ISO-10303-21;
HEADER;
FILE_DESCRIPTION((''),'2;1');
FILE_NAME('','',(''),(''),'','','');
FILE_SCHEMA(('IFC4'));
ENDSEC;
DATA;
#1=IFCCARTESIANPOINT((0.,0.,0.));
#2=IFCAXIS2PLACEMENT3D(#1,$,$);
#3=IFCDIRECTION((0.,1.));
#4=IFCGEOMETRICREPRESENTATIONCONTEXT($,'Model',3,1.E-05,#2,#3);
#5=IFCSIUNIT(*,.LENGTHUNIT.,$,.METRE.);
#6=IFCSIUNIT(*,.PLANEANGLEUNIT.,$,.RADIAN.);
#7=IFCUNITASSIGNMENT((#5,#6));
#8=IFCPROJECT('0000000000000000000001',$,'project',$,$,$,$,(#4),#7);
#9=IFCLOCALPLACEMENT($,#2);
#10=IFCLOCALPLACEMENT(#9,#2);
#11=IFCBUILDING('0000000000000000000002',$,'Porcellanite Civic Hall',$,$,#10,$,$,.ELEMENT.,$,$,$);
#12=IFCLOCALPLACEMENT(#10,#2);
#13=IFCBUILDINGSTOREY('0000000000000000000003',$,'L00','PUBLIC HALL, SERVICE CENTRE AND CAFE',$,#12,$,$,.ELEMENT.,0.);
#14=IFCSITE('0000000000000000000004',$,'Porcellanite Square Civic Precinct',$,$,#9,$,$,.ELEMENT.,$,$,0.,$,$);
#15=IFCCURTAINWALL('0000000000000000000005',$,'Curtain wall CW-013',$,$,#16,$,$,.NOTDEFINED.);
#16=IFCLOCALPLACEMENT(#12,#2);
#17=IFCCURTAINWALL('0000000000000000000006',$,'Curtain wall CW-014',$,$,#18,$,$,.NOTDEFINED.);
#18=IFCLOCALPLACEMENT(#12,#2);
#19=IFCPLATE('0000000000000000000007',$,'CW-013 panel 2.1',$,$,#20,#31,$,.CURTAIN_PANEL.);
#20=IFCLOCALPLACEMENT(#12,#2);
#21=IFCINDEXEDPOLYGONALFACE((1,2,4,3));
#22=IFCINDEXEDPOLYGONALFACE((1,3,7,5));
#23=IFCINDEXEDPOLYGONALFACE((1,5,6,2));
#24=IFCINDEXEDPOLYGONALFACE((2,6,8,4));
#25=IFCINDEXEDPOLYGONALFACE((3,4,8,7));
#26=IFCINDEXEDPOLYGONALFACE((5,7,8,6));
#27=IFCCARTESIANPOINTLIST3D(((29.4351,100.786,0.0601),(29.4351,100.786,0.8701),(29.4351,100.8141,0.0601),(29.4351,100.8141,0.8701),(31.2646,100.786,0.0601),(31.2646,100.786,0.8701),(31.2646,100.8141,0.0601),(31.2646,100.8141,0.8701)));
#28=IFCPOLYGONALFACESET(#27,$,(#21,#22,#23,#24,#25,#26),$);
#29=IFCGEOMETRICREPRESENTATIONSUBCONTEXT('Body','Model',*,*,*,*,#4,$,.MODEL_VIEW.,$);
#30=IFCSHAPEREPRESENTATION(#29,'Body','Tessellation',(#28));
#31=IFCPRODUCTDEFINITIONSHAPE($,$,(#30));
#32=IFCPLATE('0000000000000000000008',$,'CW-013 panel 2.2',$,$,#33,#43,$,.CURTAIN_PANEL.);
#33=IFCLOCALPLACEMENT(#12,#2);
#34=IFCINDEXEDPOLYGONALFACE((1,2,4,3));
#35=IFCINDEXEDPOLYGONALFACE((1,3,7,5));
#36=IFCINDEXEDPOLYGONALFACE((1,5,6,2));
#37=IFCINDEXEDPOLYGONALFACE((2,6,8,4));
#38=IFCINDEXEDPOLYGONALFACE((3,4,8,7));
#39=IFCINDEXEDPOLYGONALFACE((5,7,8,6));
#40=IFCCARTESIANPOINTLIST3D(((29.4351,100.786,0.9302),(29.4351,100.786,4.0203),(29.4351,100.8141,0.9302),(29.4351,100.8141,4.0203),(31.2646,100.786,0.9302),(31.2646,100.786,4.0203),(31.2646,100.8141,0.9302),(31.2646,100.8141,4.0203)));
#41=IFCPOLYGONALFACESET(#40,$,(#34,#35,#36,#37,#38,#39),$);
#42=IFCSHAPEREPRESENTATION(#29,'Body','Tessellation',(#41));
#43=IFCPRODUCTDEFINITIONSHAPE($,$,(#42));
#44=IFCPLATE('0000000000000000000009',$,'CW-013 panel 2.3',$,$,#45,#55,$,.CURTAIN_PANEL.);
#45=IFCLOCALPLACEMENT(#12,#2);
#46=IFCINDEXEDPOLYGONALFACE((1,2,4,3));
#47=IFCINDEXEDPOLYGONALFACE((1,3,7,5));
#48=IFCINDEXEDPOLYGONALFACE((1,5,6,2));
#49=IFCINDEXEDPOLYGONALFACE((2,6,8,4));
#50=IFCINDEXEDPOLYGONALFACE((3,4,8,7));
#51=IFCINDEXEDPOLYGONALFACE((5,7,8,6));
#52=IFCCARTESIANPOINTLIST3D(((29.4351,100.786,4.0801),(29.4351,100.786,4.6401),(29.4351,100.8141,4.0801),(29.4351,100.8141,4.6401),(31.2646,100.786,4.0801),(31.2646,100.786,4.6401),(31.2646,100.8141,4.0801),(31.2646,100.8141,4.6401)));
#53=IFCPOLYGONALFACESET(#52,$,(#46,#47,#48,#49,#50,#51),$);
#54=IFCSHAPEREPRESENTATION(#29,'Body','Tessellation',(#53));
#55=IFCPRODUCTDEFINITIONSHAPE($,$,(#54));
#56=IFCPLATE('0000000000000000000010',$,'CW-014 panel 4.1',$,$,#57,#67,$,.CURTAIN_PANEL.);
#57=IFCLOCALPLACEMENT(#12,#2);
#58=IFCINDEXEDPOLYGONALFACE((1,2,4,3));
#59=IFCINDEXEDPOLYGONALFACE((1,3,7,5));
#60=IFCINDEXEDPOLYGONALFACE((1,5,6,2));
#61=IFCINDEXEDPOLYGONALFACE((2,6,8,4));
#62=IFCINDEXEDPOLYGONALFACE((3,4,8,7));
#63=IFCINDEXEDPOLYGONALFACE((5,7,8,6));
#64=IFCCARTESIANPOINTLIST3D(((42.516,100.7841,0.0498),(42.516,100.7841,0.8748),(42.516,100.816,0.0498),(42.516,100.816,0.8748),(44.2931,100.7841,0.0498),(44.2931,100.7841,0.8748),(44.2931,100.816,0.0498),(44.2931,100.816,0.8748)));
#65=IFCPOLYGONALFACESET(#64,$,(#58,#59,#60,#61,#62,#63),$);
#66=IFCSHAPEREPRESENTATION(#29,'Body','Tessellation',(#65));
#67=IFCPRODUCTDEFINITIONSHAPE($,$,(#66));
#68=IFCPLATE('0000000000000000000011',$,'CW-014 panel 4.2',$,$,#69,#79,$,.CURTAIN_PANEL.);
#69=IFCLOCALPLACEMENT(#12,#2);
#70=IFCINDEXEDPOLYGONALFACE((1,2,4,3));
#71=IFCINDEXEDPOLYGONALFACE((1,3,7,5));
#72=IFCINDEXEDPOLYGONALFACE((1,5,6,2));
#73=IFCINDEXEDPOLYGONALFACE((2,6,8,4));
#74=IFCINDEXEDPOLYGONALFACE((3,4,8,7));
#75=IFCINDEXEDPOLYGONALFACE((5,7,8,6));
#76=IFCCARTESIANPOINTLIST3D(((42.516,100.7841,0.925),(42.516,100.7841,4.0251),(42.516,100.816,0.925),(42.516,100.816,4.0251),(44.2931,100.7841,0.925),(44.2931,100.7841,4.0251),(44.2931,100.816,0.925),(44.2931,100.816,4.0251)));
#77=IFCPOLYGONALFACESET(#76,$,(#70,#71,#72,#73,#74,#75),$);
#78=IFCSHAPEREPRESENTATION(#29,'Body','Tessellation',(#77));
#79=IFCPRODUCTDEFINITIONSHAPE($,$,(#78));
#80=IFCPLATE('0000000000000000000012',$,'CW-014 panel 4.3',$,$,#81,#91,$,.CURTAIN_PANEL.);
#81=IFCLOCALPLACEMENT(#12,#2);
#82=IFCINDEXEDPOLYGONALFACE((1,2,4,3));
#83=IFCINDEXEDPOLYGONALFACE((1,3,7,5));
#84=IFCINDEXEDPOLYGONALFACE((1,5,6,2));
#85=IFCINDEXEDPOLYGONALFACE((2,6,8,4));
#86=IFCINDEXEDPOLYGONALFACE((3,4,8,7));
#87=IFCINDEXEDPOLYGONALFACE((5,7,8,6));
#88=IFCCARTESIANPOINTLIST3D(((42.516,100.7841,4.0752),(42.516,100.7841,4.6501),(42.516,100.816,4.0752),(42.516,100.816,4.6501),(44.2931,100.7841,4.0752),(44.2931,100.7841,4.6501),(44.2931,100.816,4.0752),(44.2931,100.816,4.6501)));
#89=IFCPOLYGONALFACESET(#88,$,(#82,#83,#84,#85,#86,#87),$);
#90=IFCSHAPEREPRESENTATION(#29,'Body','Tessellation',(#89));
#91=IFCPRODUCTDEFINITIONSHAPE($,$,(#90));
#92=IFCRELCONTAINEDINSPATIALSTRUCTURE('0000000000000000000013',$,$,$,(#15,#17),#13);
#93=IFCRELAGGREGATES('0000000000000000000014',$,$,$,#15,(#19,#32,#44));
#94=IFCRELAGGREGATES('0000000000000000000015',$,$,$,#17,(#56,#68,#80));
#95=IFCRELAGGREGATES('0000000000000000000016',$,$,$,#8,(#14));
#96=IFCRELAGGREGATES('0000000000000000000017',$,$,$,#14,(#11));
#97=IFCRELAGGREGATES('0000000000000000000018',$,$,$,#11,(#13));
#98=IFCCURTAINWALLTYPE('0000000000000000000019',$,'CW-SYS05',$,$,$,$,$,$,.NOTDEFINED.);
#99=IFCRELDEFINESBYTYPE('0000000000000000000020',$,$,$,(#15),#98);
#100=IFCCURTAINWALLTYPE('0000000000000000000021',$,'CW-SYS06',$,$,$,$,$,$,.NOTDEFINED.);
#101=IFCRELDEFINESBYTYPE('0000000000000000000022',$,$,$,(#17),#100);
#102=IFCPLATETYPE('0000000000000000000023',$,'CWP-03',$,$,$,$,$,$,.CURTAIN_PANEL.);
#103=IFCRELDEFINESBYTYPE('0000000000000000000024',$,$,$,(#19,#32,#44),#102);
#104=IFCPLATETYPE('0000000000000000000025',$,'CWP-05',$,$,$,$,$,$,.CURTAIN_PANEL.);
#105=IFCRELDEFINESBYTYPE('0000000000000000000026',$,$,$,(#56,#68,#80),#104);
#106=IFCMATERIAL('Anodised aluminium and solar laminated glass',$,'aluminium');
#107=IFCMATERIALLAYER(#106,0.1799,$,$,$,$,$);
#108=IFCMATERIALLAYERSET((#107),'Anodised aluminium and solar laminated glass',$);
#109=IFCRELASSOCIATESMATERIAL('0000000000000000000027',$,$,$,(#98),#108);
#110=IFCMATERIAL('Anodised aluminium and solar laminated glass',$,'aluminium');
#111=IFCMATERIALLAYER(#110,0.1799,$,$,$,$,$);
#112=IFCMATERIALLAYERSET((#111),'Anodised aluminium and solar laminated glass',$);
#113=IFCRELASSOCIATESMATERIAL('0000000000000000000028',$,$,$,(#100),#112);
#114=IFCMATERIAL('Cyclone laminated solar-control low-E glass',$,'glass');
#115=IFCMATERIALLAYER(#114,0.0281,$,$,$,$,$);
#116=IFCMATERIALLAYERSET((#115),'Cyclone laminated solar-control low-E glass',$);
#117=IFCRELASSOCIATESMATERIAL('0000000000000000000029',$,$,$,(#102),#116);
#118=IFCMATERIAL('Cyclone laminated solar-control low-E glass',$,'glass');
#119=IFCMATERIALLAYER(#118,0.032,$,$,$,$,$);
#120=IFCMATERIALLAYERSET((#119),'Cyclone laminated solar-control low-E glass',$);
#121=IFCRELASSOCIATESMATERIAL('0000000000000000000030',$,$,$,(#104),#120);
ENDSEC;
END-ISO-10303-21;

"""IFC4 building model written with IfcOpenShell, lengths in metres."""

from ifc_helpers import new_model, si_unit, direction, frame, origin, origin_2d, place, context, subcontext, project, spatial, rectangle, extrude, material, layer, layer_set, type_object, element, aggregate, save


model = new_model("IFC4")

# Units and contexts
model_context = context("Model", 3, precision=1e-05, world=origin(), true_north=direction((0.0, 1.0)))
body_context = subcontext(model_context, "Body", "Model", "MODEL_VIEW")
ifc_project = project(units=[si_unit("LENGTHUNIT", "METRE"), si_unit("PLANEANGLEUNIT", "RADIAN")], contexts=[model_context])

# Site, building, storey
site_placement = place(None, origin())
site = spatial("IfcSite", under=ifc_project, at=site_placement, Name="Porcellanite Square Civic Precinct", CompositionType="ELEMENT", RefElevation=0.0)
building_placement = place(site_placement, origin())
building = spatial("IfcBuilding", under=site, at=building_placement, Name="Porcellanite Civic Hall", CompositionType="ELEMENT")
storey_placement = place(building_placement, origin())
storey = spatial("IfcBuildingStorey", under=building, at=storey_placement, Name="L00", Description="PUBLIC HALL, SERVICE CENTRE AND CAFE", CompositionType="ELEMENT", Elevation=0.0)

# Curtain wall
ifc_material_1 = material(Name="Anodised aluminium and solar laminated glass", Category="aluminium")
ifc_layer_1 = layer(ifc_material_1, 0.1799)
ifc_layer_set_1 = layer_set([ifc_layer_1], Name="Anodised aluminium and solar laminated glass")
curtain_wall_type_1 = type_object("IfcCurtainWallType", Name="CW-SYS05", PredefinedType="NOTDEFINED", material=ifc_layer_set_1)
curtain_wall_1_placement = place(storey_placement, origin())
curtain_wall_1 = element("IfcCurtainWall", 1, at=curtain_wall_1_placement, inside=storey, type_object=curtain_wall_type_1, Name="Curtain wall CW-013", PredefinedType="NOTDEFINED")

# Curtain wall
ifc_material_2 = material(Name="Anodised aluminium and solar laminated glass", Category="aluminium")
ifc_layer_2 = layer(ifc_material_2, 0.1799)
ifc_layer_set_2 = layer_set([ifc_layer_2], Name="Anodised aluminium and solar laminated glass")
curtain_wall_type_2 = type_object("IfcCurtainWallType", Name="CW-SYS06", PredefinedType="NOTDEFINED", material=ifc_layer_set_2)
curtain_wall_2_placement = place(storey_placement, origin())
curtain_wall_2 = element("IfcCurtainWall", 2, at=curtain_wall_2_placement, inside=storey, type_object=curtain_wall_type_2, Name="Curtain wall CW-014", PredefinedType="NOTDEFINED")

# Plates
ifc_material_3 = material(Name="Cyclone laminated solar-control low-E glass", Category="glass")
ifc_layer_3 = layer(ifc_material_3, 0.0281)
ifc_layer_set_3 = layer_set([ifc_layer_3], Name="Cyclone laminated solar-control low-E glass")
plate_type_1 = type_object("IfcPlateType", Name="CWP-03", PredefinedType="CURTAIN_PANEL", material=ifc_layer_set_3)
plate_1_placement = place(storey_placement, frame((30.3499, 100.8, 0.0601), z_axis=(0.0, 0.0, 1.0), x_axis=(-1.0, 0.0, 0.0)))
plate_1 = element("IfcPlate", 3, at=plate_1_placement, type_object=plate_type_1, Name="CW-013 panel 2.1", PredefinedType="CURTAIN_PANEL", context=body_context, shape_type="SweptSolid", body=[
    extrude(rectangle(XDim=1.8296, YDim=0.0281, at=origin_2d()), origin(), (0.0, 0.0, 1.0), 0.8101),
])
plate_2_placement = place(storey_placement, frame((30.3499, 100.8, 0.9302), z_axis=(0.0, 0.0, 1.0), x_axis=(-1.0, 0.0, 0.0)))
plate_2 = element("IfcPlate", 4, at=plate_2_placement, type_object=plate_type_1, Name="CW-013 panel 2.2", PredefinedType="CURTAIN_PANEL", context=body_context, shape_type="SweptSolid", body=[
    extrude(rectangle(XDim=1.8296, YDim=0.0281, at=origin_2d()), origin(), (0.0, 0.0, 1.0), 3.0901),
])
plate_3_placement = place(storey_placement, frame((30.3499, 100.8, 4.0801), z_axis=(0.0, 0.0, 1.0), x_axis=(-1.0, 0.0, 0.0)))
plate_3 = element("IfcPlate", 5, at=plate_3_placement, type_object=plate_type_1, Name="CW-013 panel 2.3", PredefinedType="CURTAIN_PANEL", context=body_context, shape_type="SweptSolid", body=[
    extrude(rectangle(XDim=1.8296, YDim=0.0281, at=origin_2d()), origin(), (0.0, 0.0, 1.0), 0.5601),
])
aggregate(curtain_wall_1, [plate_1, plate_2, plate_3])
ifc_material_4 = material(Name="Cyclone laminated solar-control low-E glass", Category="glass")
ifc_layer_4 = layer(ifc_material_4, 0.032)
ifc_layer_set_4 = layer_set([ifc_layer_4], Name="Cyclone laminated solar-control low-E glass")
plate_type_2 = type_object("IfcPlateType", Name="CWP-05", PredefinedType="CURTAIN_PANEL", material=ifc_layer_set_4)
plate_4_placement = place(storey_placement, frame((43.4045, 100.8, 0.0498), z_axis=(0.0, 0.0, 1.0), x_axis=(-1.0, 0.0, 0.0)))
plate_4 = element("IfcPlate", 6, at=plate_4_placement, type_object=plate_type_2, Name="CW-014 panel 4.1", PredefinedType="CURTAIN_PANEL", context=body_context, shape_type="SweptSolid", body=[
    extrude(rectangle(XDim=1.7771, YDim=0.032, at=origin_2d()), origin(), (0.0, 0.0, 1.0), 0.825),
])
plate_5_placement = place(storey_placement, frame((43.4045, 100.8, 0.925), z_axis=(0.0, 0.0, 1.0), x_axis=(-1.0, 0.0, 0.0)))
plate_5 = element("IfcPlate", 7, at=plate_5_placement, type_object=plate_type_2, Name="CW-014 panel 4.2", PredefinedType="CURTAIN_PANEL", context=body_context, shape_type="SweptSolid", body=[
    extrude(rectangle(XDim=1.7771, YDim=0.032, at=origin_2d()), origin(), (0.0, 0.0, 1.0), 3.1001),
])
plate_6_placement = place(storey_placement, frame((43.4045, 100.8, 4.0752), z_axis=(0.0, 0.0, 1.0), x_axis=(-1.0, 0.0, 0.0)))
plate_6 = element("IfcPlate", 8, at=plate_6_placement, type_object=plate_type_2, Name="CW-014 panel 4.3", PredefinedType="CURTAIN_PANEL", context=body_context, shape_type="SweptSolid", body=[
    extrude(rectangle(XDim=1.7771, YDim=0.032, at=origin_2d()), origin(), (0.0, 0.0, 1.0), 0.575),
])
aggregate(curtain_wall_2, [plate_4, plate_5, plate_6])

save(model, "model.ifc")
